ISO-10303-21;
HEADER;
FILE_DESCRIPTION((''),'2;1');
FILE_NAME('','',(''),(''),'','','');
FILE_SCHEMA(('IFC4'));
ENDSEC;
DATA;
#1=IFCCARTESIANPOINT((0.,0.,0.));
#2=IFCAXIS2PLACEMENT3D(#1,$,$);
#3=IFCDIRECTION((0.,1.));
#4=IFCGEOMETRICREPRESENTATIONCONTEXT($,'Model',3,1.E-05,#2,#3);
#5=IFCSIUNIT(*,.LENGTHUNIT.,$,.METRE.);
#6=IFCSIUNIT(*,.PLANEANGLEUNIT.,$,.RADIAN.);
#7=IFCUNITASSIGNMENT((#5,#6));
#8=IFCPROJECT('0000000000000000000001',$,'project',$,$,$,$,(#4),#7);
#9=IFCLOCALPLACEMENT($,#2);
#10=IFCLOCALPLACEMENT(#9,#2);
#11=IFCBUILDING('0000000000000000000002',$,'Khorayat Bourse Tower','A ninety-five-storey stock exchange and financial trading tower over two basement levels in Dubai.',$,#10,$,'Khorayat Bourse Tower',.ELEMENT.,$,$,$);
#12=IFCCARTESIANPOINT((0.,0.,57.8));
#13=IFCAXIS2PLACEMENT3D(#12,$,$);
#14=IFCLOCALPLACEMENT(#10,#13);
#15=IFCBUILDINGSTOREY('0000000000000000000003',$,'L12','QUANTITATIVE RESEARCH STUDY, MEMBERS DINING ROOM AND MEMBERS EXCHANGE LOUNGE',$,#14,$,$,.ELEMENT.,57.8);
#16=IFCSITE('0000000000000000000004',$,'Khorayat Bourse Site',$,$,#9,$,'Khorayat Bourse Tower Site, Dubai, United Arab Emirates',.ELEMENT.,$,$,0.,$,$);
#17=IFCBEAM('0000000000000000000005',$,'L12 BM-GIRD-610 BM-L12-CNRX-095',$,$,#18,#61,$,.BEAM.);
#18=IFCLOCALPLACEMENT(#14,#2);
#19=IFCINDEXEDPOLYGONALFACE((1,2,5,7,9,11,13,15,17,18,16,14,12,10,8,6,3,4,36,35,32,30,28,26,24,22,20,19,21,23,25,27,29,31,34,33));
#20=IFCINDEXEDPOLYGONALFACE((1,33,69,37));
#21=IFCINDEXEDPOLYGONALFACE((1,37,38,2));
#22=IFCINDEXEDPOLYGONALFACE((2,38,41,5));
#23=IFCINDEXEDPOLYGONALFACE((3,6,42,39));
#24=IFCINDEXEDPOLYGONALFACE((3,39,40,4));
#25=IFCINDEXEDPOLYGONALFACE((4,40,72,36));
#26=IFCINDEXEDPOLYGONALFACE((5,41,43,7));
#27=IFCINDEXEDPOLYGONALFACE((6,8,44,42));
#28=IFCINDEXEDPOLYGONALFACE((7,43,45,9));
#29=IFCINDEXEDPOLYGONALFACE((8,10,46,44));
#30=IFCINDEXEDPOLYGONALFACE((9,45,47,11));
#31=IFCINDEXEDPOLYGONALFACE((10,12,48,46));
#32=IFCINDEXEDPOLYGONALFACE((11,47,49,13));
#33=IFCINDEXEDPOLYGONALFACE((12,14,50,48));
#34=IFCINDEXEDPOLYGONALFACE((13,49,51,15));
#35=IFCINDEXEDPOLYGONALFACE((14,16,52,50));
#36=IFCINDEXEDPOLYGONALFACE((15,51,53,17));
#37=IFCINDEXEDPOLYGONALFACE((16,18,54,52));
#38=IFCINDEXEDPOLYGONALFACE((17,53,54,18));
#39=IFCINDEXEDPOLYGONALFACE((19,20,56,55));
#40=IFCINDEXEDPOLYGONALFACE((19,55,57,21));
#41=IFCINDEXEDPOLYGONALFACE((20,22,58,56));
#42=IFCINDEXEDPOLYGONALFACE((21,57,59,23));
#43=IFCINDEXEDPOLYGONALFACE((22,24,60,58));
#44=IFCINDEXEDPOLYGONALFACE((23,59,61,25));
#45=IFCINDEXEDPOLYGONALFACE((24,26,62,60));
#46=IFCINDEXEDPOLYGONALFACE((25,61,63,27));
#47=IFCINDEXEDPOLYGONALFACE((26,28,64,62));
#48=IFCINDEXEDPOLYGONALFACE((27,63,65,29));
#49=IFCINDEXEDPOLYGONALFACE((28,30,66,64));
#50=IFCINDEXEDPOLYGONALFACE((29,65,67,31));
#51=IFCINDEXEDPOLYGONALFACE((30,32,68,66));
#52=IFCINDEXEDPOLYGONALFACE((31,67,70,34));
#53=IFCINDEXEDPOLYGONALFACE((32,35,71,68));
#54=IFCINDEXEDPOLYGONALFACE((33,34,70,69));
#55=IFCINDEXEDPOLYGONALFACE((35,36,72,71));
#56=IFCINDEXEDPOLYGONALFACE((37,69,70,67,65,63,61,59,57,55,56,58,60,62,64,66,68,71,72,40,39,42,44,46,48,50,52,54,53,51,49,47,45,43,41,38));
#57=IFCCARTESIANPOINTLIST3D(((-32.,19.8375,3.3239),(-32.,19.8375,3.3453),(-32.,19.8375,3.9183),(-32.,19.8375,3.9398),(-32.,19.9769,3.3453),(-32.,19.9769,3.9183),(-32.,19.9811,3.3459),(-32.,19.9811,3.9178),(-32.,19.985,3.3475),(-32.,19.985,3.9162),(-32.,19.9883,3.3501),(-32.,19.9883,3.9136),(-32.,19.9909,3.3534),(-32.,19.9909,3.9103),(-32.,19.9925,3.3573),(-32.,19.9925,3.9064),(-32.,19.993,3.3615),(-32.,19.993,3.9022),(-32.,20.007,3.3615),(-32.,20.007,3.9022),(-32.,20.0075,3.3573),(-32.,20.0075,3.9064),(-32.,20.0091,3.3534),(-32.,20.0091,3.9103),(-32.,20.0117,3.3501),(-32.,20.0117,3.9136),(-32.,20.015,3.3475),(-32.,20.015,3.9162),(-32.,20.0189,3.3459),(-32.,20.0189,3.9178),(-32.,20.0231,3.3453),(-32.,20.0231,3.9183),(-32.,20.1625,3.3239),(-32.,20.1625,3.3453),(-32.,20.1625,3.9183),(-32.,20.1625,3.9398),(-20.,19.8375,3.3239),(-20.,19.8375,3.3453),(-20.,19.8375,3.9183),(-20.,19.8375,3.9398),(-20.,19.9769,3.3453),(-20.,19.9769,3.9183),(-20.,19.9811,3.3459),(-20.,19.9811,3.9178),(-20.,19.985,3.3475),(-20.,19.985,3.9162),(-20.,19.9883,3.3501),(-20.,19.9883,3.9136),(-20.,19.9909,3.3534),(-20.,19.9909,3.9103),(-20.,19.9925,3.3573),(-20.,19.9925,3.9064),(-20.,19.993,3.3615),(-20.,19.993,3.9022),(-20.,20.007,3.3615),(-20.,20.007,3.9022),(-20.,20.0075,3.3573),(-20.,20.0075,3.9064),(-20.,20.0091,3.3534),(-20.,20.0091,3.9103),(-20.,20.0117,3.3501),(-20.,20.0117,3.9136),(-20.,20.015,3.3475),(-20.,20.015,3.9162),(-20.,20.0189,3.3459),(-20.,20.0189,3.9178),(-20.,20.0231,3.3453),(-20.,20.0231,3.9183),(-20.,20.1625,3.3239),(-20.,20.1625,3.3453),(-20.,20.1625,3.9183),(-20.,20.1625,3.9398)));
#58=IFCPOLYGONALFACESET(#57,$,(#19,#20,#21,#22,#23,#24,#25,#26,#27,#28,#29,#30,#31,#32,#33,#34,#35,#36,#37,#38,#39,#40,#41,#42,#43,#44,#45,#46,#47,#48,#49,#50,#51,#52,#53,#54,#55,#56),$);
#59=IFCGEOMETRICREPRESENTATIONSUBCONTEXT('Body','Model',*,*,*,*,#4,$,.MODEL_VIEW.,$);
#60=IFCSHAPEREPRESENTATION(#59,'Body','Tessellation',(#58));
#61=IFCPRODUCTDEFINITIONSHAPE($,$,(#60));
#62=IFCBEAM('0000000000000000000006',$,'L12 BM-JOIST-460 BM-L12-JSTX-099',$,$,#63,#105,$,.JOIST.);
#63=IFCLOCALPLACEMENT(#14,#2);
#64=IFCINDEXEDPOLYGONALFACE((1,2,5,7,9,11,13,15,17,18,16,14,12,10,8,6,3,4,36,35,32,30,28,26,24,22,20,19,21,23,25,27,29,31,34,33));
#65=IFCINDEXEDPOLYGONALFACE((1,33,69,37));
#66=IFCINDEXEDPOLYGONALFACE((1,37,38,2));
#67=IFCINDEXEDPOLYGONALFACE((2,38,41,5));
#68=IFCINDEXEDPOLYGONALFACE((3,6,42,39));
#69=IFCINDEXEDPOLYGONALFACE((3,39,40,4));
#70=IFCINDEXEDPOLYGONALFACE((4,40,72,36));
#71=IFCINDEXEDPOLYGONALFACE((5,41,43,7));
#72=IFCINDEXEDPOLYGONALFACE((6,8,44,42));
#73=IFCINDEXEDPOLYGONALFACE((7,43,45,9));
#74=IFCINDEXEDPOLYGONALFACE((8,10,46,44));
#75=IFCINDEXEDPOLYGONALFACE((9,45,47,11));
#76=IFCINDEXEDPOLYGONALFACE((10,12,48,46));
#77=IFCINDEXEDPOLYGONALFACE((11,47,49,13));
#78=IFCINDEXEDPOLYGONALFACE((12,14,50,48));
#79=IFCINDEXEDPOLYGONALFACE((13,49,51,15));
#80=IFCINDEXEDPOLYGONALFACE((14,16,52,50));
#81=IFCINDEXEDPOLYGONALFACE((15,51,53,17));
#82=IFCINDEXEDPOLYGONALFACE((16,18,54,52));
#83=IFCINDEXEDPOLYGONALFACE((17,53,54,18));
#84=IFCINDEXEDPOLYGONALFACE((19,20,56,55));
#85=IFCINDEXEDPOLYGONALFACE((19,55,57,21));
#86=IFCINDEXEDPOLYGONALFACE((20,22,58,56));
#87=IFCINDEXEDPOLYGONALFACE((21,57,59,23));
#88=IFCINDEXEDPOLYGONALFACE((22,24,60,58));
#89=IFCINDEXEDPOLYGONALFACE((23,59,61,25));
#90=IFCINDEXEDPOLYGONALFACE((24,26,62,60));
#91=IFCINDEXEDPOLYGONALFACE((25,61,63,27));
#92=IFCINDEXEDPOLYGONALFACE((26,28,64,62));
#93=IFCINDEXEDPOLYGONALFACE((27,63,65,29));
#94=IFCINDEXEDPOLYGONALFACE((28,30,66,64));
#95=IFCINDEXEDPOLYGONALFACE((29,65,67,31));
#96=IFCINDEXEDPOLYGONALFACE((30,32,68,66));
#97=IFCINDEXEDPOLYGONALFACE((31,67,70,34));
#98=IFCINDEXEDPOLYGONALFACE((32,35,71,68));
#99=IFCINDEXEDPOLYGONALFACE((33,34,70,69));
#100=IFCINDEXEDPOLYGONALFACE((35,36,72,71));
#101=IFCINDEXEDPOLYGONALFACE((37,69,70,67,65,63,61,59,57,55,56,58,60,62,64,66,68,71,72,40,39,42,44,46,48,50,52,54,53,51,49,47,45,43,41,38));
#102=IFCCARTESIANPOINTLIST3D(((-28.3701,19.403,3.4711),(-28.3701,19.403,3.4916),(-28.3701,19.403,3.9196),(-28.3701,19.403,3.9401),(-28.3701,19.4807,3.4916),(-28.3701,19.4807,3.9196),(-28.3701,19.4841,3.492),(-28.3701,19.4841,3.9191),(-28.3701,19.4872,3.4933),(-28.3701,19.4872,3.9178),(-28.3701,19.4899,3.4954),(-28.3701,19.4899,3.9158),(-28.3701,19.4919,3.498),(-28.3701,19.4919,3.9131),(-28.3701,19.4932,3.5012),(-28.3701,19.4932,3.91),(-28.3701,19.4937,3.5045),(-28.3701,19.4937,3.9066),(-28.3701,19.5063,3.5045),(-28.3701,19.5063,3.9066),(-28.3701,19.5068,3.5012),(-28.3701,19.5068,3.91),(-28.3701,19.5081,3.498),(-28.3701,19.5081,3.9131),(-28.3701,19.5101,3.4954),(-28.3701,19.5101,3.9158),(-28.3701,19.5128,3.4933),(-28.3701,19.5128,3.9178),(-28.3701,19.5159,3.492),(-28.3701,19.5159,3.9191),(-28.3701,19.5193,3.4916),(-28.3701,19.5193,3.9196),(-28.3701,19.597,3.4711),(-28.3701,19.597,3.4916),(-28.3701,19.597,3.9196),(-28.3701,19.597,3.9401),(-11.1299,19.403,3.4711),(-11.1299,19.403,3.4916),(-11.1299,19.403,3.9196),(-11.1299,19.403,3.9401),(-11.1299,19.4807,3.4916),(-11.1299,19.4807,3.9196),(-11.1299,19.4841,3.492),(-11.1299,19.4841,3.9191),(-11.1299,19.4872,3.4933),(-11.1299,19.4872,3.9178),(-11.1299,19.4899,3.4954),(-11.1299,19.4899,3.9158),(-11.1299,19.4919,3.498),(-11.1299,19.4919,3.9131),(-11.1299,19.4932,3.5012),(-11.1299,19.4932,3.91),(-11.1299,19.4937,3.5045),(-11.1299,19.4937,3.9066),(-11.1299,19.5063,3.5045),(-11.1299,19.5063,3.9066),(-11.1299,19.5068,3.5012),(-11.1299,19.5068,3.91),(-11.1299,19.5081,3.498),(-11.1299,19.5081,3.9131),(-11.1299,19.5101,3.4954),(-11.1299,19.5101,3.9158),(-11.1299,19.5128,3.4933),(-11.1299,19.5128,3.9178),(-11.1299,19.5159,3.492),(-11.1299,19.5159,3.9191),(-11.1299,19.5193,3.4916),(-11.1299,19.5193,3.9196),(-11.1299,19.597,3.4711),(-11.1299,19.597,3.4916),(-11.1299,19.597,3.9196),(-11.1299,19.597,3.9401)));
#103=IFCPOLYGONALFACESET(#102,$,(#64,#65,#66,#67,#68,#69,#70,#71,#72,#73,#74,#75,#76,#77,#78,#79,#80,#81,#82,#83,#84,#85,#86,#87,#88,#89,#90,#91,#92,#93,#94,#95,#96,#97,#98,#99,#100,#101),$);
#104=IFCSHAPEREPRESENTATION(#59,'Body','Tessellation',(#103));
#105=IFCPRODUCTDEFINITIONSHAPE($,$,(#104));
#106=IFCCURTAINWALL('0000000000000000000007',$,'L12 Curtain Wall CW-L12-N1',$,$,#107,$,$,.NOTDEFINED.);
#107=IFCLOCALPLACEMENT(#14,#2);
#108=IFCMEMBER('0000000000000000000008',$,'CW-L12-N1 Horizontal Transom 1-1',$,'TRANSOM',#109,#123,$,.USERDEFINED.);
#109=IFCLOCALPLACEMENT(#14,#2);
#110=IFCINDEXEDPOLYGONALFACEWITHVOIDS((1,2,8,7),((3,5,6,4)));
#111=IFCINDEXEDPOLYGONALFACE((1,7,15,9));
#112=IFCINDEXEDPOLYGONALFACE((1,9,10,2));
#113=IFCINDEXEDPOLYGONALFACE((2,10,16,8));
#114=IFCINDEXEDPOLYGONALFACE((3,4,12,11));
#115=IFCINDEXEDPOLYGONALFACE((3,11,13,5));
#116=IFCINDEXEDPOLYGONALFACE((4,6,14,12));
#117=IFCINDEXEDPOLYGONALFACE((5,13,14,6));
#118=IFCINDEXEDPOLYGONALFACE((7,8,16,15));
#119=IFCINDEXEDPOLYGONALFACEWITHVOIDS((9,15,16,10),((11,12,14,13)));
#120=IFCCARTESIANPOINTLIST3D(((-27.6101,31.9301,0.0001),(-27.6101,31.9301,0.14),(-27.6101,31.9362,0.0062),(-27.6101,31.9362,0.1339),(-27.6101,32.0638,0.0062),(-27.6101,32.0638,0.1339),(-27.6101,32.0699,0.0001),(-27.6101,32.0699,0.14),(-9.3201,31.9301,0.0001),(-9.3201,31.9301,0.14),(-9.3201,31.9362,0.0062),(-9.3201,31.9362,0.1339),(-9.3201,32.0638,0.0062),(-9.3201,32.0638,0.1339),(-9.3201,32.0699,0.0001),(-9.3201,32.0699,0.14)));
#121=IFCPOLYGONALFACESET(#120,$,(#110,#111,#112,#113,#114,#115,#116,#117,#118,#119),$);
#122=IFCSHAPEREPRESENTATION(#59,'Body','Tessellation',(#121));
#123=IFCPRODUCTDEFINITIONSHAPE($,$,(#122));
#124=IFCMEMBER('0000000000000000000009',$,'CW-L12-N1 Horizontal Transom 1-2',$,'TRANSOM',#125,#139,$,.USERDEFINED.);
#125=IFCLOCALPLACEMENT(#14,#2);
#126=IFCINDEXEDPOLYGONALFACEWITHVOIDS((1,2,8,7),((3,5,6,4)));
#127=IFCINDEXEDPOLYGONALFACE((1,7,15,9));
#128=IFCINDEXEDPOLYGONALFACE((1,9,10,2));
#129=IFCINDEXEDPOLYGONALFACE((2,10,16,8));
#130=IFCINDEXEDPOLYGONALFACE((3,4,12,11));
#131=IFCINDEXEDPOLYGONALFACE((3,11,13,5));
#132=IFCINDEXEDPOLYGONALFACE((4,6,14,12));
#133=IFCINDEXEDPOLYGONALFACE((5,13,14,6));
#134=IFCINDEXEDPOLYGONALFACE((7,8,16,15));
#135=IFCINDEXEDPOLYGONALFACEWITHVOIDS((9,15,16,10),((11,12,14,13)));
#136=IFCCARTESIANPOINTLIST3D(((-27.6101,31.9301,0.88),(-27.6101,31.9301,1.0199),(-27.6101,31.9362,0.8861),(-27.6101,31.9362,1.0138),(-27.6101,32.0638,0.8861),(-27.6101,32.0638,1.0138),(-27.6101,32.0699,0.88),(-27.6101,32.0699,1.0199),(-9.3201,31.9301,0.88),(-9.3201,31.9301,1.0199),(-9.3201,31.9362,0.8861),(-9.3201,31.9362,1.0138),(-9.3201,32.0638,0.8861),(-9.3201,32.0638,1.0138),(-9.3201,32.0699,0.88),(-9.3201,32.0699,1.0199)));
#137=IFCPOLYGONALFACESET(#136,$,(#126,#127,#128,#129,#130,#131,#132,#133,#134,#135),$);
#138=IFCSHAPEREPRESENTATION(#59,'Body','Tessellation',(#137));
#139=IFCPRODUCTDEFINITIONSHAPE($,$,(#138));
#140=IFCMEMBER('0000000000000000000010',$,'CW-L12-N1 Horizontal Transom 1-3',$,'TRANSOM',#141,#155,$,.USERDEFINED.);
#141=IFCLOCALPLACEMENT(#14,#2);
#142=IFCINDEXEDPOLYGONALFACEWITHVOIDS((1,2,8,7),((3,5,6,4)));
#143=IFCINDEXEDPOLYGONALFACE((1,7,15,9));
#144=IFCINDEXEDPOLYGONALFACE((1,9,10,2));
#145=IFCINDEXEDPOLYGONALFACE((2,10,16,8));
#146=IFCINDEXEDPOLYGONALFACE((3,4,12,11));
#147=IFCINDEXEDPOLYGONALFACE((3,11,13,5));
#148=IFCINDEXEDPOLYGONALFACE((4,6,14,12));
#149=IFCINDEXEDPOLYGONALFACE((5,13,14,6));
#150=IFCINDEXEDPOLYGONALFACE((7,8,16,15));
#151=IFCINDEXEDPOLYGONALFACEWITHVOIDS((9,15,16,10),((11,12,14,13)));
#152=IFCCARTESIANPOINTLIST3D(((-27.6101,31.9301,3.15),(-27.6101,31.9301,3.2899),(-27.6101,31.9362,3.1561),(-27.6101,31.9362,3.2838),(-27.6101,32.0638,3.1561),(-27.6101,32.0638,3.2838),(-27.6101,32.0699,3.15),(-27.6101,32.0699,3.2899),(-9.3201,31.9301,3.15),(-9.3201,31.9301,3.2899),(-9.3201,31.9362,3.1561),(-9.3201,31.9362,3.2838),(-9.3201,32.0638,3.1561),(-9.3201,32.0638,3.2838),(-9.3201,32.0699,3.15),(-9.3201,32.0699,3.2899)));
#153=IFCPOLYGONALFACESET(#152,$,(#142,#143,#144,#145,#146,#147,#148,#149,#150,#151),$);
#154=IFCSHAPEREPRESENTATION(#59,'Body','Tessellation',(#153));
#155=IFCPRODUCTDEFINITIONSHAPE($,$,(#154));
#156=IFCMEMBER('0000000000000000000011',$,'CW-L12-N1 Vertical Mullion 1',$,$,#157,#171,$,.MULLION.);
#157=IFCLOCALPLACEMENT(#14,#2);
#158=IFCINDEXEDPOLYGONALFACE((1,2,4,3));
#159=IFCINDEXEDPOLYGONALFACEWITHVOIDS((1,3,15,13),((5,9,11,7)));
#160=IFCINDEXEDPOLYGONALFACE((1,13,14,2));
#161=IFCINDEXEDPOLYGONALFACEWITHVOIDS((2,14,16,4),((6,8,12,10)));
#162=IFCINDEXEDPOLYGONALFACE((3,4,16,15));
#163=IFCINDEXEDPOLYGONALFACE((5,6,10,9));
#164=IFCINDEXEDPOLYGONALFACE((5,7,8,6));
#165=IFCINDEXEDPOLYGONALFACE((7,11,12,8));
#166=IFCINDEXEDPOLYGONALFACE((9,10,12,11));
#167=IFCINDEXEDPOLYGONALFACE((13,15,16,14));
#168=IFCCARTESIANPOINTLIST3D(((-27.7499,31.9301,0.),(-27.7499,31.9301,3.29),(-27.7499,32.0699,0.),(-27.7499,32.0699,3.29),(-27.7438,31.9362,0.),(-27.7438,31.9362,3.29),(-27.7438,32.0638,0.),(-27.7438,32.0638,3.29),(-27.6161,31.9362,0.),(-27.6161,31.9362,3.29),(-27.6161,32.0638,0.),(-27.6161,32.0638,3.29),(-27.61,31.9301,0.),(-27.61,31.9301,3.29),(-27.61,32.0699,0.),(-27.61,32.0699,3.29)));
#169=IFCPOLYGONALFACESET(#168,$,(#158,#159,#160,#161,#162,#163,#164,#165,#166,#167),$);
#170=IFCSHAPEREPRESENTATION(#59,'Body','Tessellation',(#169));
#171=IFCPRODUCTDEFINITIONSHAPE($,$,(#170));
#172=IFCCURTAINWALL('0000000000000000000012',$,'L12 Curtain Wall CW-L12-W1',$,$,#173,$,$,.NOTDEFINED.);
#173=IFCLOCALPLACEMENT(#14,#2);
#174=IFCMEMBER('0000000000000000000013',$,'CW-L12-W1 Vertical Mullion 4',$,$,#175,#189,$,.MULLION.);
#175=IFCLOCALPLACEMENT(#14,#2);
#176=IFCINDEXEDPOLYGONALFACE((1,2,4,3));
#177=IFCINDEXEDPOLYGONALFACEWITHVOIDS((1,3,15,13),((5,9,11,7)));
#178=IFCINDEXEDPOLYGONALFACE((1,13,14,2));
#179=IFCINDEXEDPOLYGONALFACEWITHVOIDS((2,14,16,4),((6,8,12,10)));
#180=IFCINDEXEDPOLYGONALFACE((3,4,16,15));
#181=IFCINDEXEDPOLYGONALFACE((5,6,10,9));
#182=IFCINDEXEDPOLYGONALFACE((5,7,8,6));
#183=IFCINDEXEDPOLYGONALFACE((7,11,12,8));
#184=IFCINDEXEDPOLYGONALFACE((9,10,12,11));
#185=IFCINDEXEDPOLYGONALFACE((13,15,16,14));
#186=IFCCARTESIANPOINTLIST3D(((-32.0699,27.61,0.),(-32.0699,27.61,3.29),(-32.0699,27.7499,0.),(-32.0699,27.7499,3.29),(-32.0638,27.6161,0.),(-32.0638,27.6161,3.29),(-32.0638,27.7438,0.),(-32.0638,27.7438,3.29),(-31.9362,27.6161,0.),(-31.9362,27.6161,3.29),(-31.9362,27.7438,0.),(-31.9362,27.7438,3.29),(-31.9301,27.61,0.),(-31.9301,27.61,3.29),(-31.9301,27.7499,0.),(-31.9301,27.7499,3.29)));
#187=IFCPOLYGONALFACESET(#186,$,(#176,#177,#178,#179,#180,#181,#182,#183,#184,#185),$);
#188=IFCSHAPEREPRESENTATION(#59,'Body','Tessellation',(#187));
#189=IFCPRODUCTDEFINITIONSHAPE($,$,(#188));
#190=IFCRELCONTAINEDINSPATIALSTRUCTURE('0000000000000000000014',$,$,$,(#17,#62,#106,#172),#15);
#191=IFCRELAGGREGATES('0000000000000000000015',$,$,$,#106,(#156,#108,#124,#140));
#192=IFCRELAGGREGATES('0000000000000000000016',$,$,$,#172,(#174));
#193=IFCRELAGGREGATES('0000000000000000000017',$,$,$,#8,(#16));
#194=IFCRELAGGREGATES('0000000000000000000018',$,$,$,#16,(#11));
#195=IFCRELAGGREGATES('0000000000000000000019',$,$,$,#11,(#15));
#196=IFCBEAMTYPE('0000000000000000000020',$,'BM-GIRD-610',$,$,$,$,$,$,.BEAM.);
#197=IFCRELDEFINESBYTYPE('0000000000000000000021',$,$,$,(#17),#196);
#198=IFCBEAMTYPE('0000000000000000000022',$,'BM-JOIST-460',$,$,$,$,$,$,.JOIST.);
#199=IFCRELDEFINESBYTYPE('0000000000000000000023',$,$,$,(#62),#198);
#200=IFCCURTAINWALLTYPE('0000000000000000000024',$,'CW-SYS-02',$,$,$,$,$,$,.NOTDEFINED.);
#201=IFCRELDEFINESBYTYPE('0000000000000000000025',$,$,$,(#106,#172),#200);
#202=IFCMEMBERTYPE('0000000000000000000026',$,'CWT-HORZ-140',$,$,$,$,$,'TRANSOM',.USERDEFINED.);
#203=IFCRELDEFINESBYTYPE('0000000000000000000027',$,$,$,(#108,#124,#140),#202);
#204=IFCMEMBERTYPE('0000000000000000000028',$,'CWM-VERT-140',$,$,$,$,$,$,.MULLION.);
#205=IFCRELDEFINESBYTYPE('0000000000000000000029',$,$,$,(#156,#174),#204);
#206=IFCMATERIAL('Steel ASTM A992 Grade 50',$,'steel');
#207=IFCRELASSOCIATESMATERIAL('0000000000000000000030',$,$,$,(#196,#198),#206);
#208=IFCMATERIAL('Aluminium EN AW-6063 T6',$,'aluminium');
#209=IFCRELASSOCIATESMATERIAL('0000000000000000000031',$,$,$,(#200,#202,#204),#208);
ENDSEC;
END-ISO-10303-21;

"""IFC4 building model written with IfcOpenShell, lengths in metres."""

from ifc_helpers import new_model, si_unit, direction, frame, origin, origin_2d, place, context, subcontext, project, spatial, hollow_rectangle, i_section, extrude, source, transform, mapped, material, material_profile, profile_set, type_object, element, aggregate, save


model = new_model("IFC4")

# Units and contexts
model_context = context("Model", 3, precision=1e-05, world=origin(), true_north=direction((0.0, 1.0)))
body_context = subcontext(model_context, "Body", "Model", "MODEL_VIEW")
ifc_project = project(units=[si_unit("LENGTHUNIT", "METRE"), si_unit("PLANEANGLEUNIT", "RADIAN")], contexts=[model_context])

# Site, building, storey
site_placement = place(None, origin())
site = spatial("IfcSite", under=ifc_project, at=site_placement, Name="Khorayat Bourse Site", LongName="Khorayat Bourse Tower Site, Dubai, United Arab Emirates", CompositionType="ELEMENT", RefElevation=0.0)
building_placement = place(site_placement, origin())
building = spatial("IfcBuilding", under=site, at=building_placement, Name="Khorayat Bourse Tower", Description="A ninety-five-storey stock exchange and financial trading tower over two basement levels in Dubai.", LongName="Khorayat Bourse Tower", CompositionType="ELEMENT")
storey_placement = place(building_placement, frame((0.0, 0.0, 57.8)))
storey = spatial("IfcBuildingStorey", under=building, at=storey_placement, Name="L12", Description="QUANTITATIVE RESEARCH STUDY, MEMBERS DINING ROOM AND MEMBERS EXCHANGE LOUNGE", CompositionType="ELEMENT", Elevation=57.8)

# Beams
ifc_material_1 = material(Name="Steel ASTM A992 Grade 50", Category="steel")
ifc_material_profile_1 = material_profile(ifc_material_1, i_section(OverallWidth=0.325, OverallDepth=0.616, WebThickness=0.0139, FlangeThickness=0.0215, FilletRadius=0.0161, at=origin_2d()), Name="W610X174")
ifc_profile_set_1 = profile_set([ifc_material_profile_1], Name="Steel ASTM A992 Grade 50")
beam_type_1 = type_object("IfcBeamType", Name="BM-GIRD-610", PredefinedType="BEAM", material=ifc_profile_set_1)
shared_shape_1 = source(origin(), body_context, "Body", "SweptSolid", [
    extrude(i_section(OverallWidth=0.325, OverallDepth=0.616, WebThickness=0.0139, FlangeThickness=0.0215, FilletRadius=0.0161, at=origin_2d()), origin(), (0.0, 0.0, 1.0), 12.0),
])
beam_1_placement = place(storey_placement, frame((-32.0, 20.0, 3.6318), z_axis=(1.0, 0.0, 0.0), x_axis=(0.0, 1.0, 0.0)))
element("IfcBeam", 1, at=beam_1_placement, inside=storey, type_object=beam_type_1, Name="L12 BM-GIRD-610 BM-L12-CNRX-095", PredefinedType="BEAM", context=body_context, shape_type="MappedRepresentation", body=[
    mapped(shared_shape_1, transform((0.0, 0.0, 0.0), scale=1.0)),
])
ifc_material_profile_2 = material_profile(ifc_material_1, i_section(OverallWidth=0.1941, OverallDepth=0.469, WebThickness=0.0127, FlangeThickness=0.0205, FilletRadius=0.0129, at=origin_2d()), Name="W460X106")
ifc_profile_set_2 = profile_set([ifc_material_profile_2], Name="Steel ASTM A992 Grade 50")
beam_type_2 = type_object("IfcBeamType", Name="BM-JOIST-460", PredefinedType="JOIST", material=ifc_profile_set_2)
shared_shape_2 = source(origin(), body_context, "Body", "SweptSolid", [
    extrude(i_section(OverallWidth=0.1941, OverallDepth=0.469, WebThickness=0.0127, FlangeThickness=0.0205, FilletRadius=0.0129, at=origin_2d()), origin(), (0.0, 0.0, 1.0), 17.2402),
])
beam_2_placement = place(storey_placement, frame((-28.3701, 19.5, 3.7056), z_axis=(1.0, 0.0, 0.0), x_axis=(0.0, 1.0, 0.0)))
element("IfcBeam", 2, at=beam_2_placement, inside=storey, type_object=beam_type_2, Name="L12 BM-JOIST-460 BM-L12-JSTX-099", PredefinedType="JOIST", context=body_context, shape_type="MappedRepresentation", body=[
    mapped(shared_shape_2, transform((0.0, 0.0, 0.0), scale=1.0)),
])

# Curtain wall, members
ifc_material_2 = material(Name="Aluminium EN AW-6063 T6", Category="aluminium")
curtain_wall_type = type_object("IfcCurtainWallType", Name="CW-SYS-02", PredefinedType="NOTDEFINED", material=ifc_material_2)
curtain_wall_1_placement = place(storey_placement, origin())
curtain_wall_1 = element("IfcCurtainWall", 3, at=curtain_wall_1_placement, inside=storey, type_object=curtain_wall_type, Name="L12 Curtain Wall CW-L12-N1", PredefinedType="NOTDEFINED")
ifc_material_profile_3 = material_profile(ifc_material_2, hollow_rectangle(XDim=0.1399, YDim=0.1399, WallThickness=0.0061, at=origin_2d()), Name="ALU 140x140x6")
ifc_profile_set_3 = profile_set([ifc_material_profile_3], Name="Aluminium EN AW-6063 T6")
member_type_1 = type_object("IfcMemberType", Name="CWT-HORZ-140", ElementType="TRANSOM", PredefinedType="USERDEFINED", material=ifc_profile_set_3)
shared_shape_3 = source(origin(), body_context, "Body", "SweptSolid", [
    extrude(hollow_rectangle(XDim=0.1399, YDim=0.1399, WallThickness=0.0061, at=origin_2d()), origin(), (0.0, 0.0, 1.0), 18.29),
])
member_1_placement = place(storey_placement, frame((-27.6101, 32.0, 0.0701), z_axis=(1.0, 0.0, 0.0), x_axis=(0.0, 1.0, 0.0)))
member_1 = element("IfcMember", 4, at=member_1_placement, type_object=member_type_1, Name="CW-L12-N1 Horizontal Transom 1-1", ObjectType="TRANSOM", PredefinedType="USERDEFINED", context=body_context, shape_type="MappedRepresentation", body=[
    mapped(shared_shape_3, transform((0.0, 0.0, 0.0), scale=1.0)),
])
member_2_placement = place(storey_placement, frame((-27.6101, 32.0, 0.95), z_axis=(1.0, 0.0, 0.0), x_axis=(0.0, 1.0, 0.0)))
member_2 = element("IfcMember", 5, at=member_2_placement, type_object=member_type_1, Name="CW-L12-N1 Horizontal Transom 1-2", ObjectType="TRANSOM", PredefinedType="USERDEFINED", context=body_context, shape_type="MappedRepresentation", body=[
    mapped(shared_shape_3, transform((0.0, 0.0, 0.0), scale=1.0)),
])
member_3_placement = place(storey_placement, frame((-27.6101, 32.0, 3.22), z_axis=(1.0, 0.0, 0.0), x_axis=(0.0, 1.0, 0.0)))
member_3 = element("IfcMember", 6, at=member_3_placement, type_object=member_type_1, Name="CW-L12-N1 Horizontal Transom 1-3", ObjectType="TRANSOM", PredefinedType="USERDEFINED", context=body_context, shape_type="MappedRepresentation", body=[
    mapped(shared_shape_3, transform((0.0, 0.0, 0.0), scale=1.0)),
])
ifc_material_profile_4 = material_profile(ifc_material_2, hollow_rectangle(XDim=0.1399, YDim=0.1399, WallThickness=0.0061, at=origin_2d()), Name="ALU 140x140x6")
ifc_profile_set_4 = profile_set([ifc_material_profile_4], Name="Aluminium EN AW-6063 T6")
member_type_2 = type_object("IfcMemberType", Name="CWM-VERT-140", PredefinedType="MULLION", material=ifc_profile_set_4)
shared_shape_4 = source(origin(), body_context, "Body", "SweptSolid", [
    extrude(hollow_rectangle(XDim=0.1399, YDim=0.1399, WallThickness=0.0061, at=origin_2d()), origin(), (0.0, 0.0, 1.0), 3.29),
])
member_4_placement = place(storey_placement, frame((-27.6799, 32.0, 0.0), z_axis=(0.0, 0.0, 1.0), x_axis=(0.0, 1.0, 0.0)))
member_4 = element("IfcMember", 7, at=member_4_placement, type_object=member_type_2, Name="CW-L12-N1 Vertical Mullion 1", PredefinedType="MULLION", context=body_context, shape_type="MappedRepresentation", body=[
    mapped(shared_shape_4, transform((0.0, 0.0, 0.0), scale=1.0)),
])
aggregate(curtain_wall_1, [member_4, member_1, member_2, member_3])

# Curtain wall, member
curtain_wall_2_placement = place(storey_placement, origin())
curtain_wall_2 = element("IfcCurtainWall", 8, at=curtain_wall_2_placement, inside=storey, type_object=curtain_wall_type, Name="L12 Curtain Wall CW-L12-W1", PredefinedType="NOTDEFINED")
member_5_placement = place(storey_placement, frame((-32.0, 27.6799, 0.0), z_axis=(0.0, 0.0, 1.0), x_axis=(-1.0, 0.0, 0.0)))
member_5 = element("IfcMember", 9, at=member_5_placement, type_object=member_type_2, Name="CW-L12-W1 Vertical Mullion 4", PredefinedType="MULLION", context=body_context, shape_type="MappedRepresentation", body=[
    mapped(shared_shape_4, transform((0.0, 0.0, 0.0), scale=1.0)),
])
aggregate(curtain_wall_2, [member_5])

save(model, "model.ifc")
